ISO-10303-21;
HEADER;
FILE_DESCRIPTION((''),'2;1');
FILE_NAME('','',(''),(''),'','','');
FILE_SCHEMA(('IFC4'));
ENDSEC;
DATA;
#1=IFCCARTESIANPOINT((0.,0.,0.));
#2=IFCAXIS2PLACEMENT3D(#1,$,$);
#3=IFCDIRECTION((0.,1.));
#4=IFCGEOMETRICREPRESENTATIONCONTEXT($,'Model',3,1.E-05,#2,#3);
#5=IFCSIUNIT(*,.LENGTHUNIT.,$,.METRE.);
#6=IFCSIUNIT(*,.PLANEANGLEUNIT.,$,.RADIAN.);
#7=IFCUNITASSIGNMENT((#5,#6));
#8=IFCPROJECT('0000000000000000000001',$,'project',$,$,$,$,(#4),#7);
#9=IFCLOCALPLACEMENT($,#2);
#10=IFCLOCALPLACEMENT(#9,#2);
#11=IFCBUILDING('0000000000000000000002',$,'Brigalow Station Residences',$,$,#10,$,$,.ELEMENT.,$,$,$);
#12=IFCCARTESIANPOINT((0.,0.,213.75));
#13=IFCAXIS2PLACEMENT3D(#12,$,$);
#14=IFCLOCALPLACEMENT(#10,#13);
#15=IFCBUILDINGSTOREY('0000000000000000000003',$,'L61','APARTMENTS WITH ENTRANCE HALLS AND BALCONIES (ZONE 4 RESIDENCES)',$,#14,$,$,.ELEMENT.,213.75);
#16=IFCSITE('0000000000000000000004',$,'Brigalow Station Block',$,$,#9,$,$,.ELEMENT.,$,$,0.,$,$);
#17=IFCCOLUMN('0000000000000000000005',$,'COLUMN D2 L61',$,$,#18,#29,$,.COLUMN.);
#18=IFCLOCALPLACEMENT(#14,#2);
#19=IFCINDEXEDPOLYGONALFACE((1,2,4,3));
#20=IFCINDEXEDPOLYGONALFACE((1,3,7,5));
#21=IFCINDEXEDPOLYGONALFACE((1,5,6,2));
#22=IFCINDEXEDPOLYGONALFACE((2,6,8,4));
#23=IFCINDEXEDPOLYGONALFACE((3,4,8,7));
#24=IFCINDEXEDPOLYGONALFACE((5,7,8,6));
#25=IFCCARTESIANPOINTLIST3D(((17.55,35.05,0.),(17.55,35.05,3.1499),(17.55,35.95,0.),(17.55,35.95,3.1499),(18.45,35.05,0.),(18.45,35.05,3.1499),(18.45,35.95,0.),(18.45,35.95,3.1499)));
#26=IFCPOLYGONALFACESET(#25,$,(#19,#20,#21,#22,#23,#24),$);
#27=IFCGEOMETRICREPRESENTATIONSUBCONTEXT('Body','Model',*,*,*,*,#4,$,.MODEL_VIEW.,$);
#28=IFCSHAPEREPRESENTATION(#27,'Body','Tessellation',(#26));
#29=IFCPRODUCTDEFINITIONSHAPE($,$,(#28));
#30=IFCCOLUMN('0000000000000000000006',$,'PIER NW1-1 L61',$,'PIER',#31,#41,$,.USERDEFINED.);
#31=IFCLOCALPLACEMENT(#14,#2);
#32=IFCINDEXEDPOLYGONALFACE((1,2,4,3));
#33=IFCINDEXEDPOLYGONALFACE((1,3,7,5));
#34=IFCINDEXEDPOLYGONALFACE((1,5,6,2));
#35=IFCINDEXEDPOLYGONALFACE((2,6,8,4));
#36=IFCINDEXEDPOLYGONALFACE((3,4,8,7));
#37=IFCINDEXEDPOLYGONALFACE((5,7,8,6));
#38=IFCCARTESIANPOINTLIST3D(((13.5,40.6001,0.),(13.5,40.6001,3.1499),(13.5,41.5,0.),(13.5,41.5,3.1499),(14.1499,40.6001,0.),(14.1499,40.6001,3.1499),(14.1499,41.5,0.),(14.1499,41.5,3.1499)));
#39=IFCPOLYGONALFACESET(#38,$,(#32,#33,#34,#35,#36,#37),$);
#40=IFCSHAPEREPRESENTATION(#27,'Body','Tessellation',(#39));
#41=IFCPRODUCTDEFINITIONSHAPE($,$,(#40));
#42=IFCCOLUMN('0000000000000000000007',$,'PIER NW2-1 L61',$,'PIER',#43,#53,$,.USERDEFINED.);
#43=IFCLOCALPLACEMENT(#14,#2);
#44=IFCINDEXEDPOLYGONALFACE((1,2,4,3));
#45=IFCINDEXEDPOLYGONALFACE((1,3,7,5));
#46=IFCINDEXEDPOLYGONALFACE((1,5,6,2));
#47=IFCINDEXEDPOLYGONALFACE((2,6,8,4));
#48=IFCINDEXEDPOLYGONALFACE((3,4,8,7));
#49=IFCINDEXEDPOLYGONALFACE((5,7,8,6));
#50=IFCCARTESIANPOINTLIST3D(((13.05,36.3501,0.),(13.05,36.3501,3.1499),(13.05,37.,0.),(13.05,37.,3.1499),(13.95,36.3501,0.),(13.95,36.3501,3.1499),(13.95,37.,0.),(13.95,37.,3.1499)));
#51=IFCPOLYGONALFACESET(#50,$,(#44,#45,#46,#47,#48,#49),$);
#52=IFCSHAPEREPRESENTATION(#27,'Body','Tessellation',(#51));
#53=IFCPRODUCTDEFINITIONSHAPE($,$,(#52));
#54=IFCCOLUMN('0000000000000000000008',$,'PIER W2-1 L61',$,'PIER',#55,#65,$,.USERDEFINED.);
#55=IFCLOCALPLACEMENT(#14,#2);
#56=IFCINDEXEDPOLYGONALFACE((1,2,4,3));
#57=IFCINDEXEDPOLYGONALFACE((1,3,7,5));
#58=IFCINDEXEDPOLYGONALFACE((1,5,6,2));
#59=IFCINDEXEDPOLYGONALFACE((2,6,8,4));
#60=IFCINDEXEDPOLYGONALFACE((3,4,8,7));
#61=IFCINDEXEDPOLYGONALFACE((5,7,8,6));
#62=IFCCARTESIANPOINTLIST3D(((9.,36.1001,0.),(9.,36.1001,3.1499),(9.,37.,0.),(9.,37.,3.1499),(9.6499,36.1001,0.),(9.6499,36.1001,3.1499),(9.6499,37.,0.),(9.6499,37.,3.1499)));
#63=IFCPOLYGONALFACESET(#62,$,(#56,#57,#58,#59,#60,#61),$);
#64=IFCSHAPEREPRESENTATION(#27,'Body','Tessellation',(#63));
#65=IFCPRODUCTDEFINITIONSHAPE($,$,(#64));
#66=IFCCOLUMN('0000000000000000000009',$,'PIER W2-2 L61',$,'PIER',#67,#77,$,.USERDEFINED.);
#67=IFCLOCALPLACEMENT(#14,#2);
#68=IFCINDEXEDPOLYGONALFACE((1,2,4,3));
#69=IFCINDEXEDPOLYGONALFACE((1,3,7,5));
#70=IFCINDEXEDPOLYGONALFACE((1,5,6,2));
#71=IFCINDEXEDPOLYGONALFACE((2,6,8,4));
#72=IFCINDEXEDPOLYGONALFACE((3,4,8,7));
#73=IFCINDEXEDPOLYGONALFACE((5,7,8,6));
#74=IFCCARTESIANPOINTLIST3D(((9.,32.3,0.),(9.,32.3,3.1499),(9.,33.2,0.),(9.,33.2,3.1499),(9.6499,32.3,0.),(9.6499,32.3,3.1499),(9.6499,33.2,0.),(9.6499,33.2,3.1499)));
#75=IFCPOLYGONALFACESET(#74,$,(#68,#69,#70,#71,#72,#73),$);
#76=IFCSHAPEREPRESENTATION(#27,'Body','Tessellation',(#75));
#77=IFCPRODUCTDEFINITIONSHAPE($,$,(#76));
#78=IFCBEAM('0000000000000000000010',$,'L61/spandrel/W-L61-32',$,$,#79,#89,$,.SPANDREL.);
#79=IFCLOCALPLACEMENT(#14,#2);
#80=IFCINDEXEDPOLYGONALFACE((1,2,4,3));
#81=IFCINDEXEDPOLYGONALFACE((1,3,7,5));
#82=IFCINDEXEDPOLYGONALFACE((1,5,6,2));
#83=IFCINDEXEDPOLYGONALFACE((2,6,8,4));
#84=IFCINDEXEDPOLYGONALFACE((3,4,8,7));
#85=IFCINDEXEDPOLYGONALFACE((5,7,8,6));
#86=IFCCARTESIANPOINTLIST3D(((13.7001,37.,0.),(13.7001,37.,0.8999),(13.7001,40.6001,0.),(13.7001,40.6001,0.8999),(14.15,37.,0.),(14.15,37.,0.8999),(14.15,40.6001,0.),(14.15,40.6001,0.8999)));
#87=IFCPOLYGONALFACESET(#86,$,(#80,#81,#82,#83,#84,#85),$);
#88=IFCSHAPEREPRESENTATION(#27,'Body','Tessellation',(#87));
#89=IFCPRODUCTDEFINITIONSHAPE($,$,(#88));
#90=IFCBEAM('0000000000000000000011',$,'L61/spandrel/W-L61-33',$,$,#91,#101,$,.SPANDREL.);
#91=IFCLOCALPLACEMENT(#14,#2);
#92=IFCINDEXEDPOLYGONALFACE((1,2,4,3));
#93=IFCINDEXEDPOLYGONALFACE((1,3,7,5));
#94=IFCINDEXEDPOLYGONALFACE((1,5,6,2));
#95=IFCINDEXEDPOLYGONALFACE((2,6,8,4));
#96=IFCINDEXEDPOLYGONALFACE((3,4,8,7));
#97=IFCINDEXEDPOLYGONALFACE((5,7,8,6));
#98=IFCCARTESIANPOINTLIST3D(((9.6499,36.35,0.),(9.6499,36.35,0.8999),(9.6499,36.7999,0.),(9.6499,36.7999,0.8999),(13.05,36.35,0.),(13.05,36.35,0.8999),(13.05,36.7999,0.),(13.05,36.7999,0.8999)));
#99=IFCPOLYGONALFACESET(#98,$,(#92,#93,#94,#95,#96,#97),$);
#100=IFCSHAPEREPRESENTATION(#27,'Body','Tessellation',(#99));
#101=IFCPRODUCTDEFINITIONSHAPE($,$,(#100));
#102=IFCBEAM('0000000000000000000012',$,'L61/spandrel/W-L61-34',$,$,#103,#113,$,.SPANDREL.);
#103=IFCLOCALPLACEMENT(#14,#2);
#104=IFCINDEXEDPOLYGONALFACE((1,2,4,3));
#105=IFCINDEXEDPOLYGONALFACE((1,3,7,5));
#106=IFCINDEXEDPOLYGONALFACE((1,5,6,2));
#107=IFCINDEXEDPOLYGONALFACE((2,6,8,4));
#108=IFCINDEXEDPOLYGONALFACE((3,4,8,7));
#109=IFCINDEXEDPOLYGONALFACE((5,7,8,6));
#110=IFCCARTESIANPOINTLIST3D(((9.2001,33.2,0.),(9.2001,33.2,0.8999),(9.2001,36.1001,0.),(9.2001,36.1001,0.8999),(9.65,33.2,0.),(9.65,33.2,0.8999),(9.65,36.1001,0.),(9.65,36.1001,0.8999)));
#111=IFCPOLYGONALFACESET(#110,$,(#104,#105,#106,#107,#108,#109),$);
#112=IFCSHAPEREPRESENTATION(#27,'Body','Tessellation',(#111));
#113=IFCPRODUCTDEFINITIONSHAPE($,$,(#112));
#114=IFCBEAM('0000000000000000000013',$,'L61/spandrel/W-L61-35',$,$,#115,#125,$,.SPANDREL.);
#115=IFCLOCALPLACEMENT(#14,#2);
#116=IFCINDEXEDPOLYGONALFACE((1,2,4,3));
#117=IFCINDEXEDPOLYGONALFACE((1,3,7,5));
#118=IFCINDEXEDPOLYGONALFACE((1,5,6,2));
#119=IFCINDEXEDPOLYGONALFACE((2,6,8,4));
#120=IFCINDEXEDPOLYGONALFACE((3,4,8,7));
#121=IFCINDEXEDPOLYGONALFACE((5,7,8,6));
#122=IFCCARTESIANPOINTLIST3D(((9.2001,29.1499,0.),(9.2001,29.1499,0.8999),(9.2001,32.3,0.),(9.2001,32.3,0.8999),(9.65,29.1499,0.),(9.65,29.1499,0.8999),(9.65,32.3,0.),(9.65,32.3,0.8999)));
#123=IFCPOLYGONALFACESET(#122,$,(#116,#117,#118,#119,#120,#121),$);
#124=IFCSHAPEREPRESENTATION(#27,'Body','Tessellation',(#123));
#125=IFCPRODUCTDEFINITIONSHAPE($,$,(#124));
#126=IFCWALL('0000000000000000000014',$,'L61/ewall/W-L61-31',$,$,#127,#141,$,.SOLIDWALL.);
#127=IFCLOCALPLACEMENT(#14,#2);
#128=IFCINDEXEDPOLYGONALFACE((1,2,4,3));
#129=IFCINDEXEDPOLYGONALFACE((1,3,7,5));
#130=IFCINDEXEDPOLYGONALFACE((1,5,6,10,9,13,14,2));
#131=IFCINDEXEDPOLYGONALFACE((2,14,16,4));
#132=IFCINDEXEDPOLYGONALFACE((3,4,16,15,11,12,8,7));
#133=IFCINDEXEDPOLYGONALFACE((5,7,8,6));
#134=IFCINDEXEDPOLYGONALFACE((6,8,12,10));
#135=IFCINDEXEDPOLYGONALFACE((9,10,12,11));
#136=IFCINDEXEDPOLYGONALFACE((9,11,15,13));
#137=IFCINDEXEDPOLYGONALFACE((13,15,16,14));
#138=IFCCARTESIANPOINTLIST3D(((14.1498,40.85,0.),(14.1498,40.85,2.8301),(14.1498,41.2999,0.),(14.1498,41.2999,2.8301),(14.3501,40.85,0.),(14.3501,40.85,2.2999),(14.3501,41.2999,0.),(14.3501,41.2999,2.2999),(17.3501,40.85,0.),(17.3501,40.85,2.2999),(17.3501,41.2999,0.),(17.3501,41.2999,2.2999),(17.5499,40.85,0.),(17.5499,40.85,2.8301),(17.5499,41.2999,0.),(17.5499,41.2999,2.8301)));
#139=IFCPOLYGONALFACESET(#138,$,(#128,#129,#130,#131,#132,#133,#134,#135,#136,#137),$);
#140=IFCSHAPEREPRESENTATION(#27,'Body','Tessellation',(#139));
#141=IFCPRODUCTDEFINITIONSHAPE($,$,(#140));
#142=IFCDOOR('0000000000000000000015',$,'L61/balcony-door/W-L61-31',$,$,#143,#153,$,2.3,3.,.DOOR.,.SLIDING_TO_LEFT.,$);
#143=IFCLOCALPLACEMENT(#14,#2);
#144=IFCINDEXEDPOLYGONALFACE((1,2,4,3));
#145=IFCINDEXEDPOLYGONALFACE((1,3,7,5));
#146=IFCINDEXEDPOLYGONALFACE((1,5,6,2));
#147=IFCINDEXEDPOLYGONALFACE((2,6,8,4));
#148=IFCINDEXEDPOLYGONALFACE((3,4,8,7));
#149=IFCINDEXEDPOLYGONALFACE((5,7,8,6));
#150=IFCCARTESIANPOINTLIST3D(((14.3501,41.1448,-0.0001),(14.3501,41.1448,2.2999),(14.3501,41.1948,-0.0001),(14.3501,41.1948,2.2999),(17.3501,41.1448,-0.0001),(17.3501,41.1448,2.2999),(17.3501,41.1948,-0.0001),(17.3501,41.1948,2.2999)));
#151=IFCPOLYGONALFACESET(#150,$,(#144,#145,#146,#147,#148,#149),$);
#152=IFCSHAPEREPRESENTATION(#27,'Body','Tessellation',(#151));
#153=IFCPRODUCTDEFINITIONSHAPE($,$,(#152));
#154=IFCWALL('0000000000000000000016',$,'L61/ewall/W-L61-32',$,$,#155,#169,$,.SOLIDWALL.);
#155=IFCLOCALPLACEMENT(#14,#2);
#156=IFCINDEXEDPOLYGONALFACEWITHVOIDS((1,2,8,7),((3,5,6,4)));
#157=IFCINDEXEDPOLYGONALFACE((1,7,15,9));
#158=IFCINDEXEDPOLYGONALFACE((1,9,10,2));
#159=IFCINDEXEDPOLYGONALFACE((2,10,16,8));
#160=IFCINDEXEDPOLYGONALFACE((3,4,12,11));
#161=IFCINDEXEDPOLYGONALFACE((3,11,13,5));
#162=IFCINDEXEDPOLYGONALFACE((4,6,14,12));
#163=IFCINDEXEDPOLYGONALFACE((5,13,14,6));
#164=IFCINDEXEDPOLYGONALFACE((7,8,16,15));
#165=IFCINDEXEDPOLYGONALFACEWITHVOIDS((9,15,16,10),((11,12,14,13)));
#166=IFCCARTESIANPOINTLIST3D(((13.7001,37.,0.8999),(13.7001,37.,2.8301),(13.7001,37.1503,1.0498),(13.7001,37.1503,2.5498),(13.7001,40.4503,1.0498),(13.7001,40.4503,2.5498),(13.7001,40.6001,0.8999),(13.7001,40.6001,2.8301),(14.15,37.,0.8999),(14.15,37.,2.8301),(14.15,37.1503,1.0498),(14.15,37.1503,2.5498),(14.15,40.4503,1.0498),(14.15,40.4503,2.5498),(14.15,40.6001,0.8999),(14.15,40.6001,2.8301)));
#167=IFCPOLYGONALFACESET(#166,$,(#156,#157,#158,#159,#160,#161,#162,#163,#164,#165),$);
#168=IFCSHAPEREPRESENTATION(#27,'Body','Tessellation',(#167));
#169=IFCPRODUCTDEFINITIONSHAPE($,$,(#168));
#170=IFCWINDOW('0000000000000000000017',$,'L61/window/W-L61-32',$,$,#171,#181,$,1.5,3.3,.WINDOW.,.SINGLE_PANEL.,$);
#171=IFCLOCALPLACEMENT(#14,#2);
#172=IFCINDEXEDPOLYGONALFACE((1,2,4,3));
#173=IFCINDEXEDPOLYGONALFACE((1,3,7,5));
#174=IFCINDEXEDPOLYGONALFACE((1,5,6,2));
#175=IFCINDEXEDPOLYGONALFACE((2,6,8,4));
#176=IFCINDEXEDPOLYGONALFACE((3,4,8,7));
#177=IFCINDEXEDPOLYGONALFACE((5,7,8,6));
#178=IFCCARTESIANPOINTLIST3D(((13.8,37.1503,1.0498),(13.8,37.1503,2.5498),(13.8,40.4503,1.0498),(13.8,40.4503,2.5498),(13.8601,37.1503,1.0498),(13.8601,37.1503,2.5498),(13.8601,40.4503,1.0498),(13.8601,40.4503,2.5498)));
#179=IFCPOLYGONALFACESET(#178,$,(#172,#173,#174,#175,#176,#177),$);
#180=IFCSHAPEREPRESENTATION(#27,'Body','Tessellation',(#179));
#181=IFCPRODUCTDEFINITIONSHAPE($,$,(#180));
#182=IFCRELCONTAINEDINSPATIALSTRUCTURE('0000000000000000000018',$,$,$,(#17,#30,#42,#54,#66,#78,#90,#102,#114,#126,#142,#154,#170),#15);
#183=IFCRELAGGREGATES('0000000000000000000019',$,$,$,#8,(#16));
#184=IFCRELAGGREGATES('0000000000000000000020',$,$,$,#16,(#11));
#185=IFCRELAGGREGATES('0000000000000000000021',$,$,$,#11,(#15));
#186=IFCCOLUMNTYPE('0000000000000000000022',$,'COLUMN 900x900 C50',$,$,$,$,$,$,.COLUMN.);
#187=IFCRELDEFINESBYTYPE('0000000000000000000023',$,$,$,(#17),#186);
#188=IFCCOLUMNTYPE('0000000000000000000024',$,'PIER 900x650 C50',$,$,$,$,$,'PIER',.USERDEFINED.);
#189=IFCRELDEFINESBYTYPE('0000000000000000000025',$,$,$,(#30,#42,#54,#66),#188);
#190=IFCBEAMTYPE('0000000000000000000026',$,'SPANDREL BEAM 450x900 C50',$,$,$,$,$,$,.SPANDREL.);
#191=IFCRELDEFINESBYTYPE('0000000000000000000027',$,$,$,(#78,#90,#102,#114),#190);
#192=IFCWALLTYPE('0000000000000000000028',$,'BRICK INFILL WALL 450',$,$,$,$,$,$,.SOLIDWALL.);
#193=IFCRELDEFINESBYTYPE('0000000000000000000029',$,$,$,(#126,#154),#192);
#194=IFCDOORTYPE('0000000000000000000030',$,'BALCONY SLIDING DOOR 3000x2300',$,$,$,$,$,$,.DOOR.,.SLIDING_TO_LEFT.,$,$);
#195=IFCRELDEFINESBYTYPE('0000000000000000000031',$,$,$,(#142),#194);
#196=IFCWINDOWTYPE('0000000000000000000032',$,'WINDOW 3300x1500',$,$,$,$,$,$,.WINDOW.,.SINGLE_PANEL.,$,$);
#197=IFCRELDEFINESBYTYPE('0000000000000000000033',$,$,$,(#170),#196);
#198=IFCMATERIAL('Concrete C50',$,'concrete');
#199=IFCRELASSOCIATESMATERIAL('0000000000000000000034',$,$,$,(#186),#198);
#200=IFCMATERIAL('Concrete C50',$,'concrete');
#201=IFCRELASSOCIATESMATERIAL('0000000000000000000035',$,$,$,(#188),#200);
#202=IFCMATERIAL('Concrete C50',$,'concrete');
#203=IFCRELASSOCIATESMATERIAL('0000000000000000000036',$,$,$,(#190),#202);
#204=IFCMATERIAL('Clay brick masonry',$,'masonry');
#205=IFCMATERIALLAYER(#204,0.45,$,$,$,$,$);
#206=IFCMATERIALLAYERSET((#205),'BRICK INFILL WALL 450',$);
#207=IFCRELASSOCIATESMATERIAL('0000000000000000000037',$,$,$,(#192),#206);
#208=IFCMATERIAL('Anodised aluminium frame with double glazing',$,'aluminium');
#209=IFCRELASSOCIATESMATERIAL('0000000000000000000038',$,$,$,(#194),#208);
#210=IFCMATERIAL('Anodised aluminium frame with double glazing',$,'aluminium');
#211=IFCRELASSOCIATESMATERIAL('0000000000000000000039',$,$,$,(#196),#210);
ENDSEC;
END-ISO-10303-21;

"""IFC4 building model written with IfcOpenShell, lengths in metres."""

from ifc_helpers import new_model, si_unit, direction, frame, frame_2d, origin, origin_2d, place, context, subcontext, project, spatial, rectangle, extrude, material, layer, layer_set, material_profile, profile_set, type_object, element, fill, save


model = new_model("IFC4")

# Units and contexts
model_context = context("Model", 3, precision=1e-05, world=origin(), true_north=direction((0.0, 1.0)))
body_context = subcontext(model_context, "Body", "Model", "MODEL_VIEW")
ifc_project = project(units=[si_unit("LENGTHUNIT", "METRE"), si_unit("PLANEANGLEUNIT", "RADIAN")], contexts=[model_context])

# Site, building, storey
site_placement = place(None, origin())
site = spatial("IfcSite", under=ifc_project, at=site_placement, Name="Brigalow Station Block", CompositionType="ELEMENT", RefElevation=0.0)
building_placement = place(site_placement, origin())
building = spatial("IfcBuilding", under=site, at=building_placement, Name="Brigalow Station Residences", CompositionType="ELEMENT")
storey_placement = place(building_placement, frame((0.0, 0.0, 213.75)))
storey = spatial("IfcBuildingStorey", under=building, at=storey_placement, Name="L61", Description="APARTMENTS WITH ENTRANCE HALLS AND BALCONIES (ZONE 4 RESIDENCES)", CompositionType="ELEMENT", Elevation=213.75)

# Columns
ifc_material_1 = material(Name="Concrete C50", Category="concrete")
ifc_material_profile_1 = material_profile(ifc_material_1, rectangle(XDim=0.8999, YDim=0.8999, at=origin_2d()), Name="RC900x900")
ifc_profile_set_1 = profile_set([ifc_material_profile_1], Name="Concrete C50")
column_type_1 = type_object("IfcColumnType", Name="COLUMN 900x900 C50", PredefinedType="COLUMN", material=ifc_profile_set_1)
column_placement = place(storey_placement, frame((18.0, 35.5, 0.0), z_axis=(0.0, 0.0, 1.0), x_axis=(1.0, 0.0, 0.0)))
element("IfcColumn", 1, at=column_placement, inside=storey, type_object=column_type_1, Name="COLUMN D2 L61", PredefinedType="COLUMN", context=body_context, shape_type="SweptSolid", body=[
    extrude(rectangle(XDim=0.8999, YDim=0.8999, at=origin_2d()), origin(), (0.0, 0.0, 1.0), 3.1499),
])
ifc_material_2 = material(Name="Concrete C50", Category="concrete")
ifc_material_profile_2 = material_profile(ifc_material_2, rectangle(XDim=0.8999, YDim=0.6499, at=origin_2d()), Name="RC900x650")
ifc_profile_set_2 = profile_set([ifc_material_profile_2], Name="Concrete C50")
column_type_2 = type_object("IfcColumnType", Name="PIER 900x650 C50", ElementType="PIER", PredefinedType="USERDEFINED", material=ifc_profile_set_2)
for number, where, z_axis, x_axis, name in (
    (2, (13.825, 41.05, 0.0), (0.0, 0.0, 1.0), (0.0, -1.0, 0.0), "PIER NW1-1 L61"),
    (3, (13.5, 36.675, 0.0), (0.0, 0.0, 1.0), (-1.0, 0.0, 0.0), "PIER NW2-1 L61"),
    (4, (9.325, 36.55, 0.0), (0.0, 0.0, 1.0), (0.0, -1.0, 0.0), "PIER W2-1 L61"),
    (5, (9.325, 32.75, 0.0), (0.0, 0.0, 1.0), (0.0, -1.0, 0.0), "PIER W2-2 L61"),
):
    element("IfcColumn", number, at=place(storey_placement, frame(where, z_axis=z_axis, x_axis=x_axis)), inside=storey, type_object=column_type_2, Name=name, ObjectType="PIER", PredefinedType="USERDEFINED", context=body_context, shape_type="SweptSolid", body=[
        extrude(rectangle(XDim=0.8999, YDim=0.6499, at=origin_2d()), origin(), (0.0, 0.0, 1.0), 3.1499),
    ])

# Beams
ifc_material_3 = material(Name="Concrete C50", Category="concrete")
ifc_material_profile_3 = material_profile(ifc_material_3, rectangle(XDim=0.45, YDim=0.8999, at=origin_2d()), Name="RC450x900")
ifc_profile_set_3 = profile_set([ifc_material_profile_3], Name="Concrete C50")
beam_type = type_object("IfcBeamType", Name="SPANDREL BEAM 450x900 C50", PredefinedType="SPANDREL", material=ifc_profile_set_3)
beam_1_placement = place(storey_placement, frame((13.925, 40.6001, 0.45), z_axis=(0.0, -1.0, 0.0), x_axis=(1.0, 0.0, 0.0)))
element("IfcBeam", 6, at=beam_1_placement, inside=storey, type_object=beam_type, Name="L61/spandrel/W-L61-32", PredefinedType="SPANDREL", context=body_context, shape_type="SweptSolid", body=[
    extrude(rectangle(XDim=0.45, YDim=0.8999, at=origin_2d()), origin(), (0.0, 0.0, 1.0), 3.6001),
])
beam_2_placement = place(storey_placement, frame((13.05, 36.575, 0.45), z_axis=(-1.0, 0.0, 0.0), x_axis=(0.0, -1.0, 0.0)))
element("IfcBeam", 7, at=beam_2_placement, inside=storey, type_object=beam_type, Name="L61/spandrel/W-L61-33", PredefinedType="SPANDREL", context=body_context, shape_type="SweptSolid", body=[
    extrude(rectangle(XDim=0.45, YDim=0.8999, at=origin_2d()), origin(), (0.0, 0.0, 1.0), 3.4001),
])
beam_3_placement = place(storey_placement, frame((9.425, 36.1001, 0.45), z_axis=(0.0, -1.0, 0.0), x_axis=(1.0, 0.0, 0.0)))
element("IfcBeam", 8, at=beam_3_placement, inside=storey, type_object=beam_type, Name="L61/spandrel/W-L61-34", PredefinedType="SPANDREL", context=body_context, shape_type="SweptSolid", body=[
    extrude(rectangle(XDim=0.45, YDim=0.8999, at=origin_2d()), origin(), (0.0, 0.0, 1.0), 2.9001),
])
beam_4_placement = place(storey_placement, frame((9.425, 32.3, 0.45), z_axis=(0.0, -1.0, 0.0), x_axis=(1.0, 0.0, 0.0)))
element("IfcBeam", 9, at=beam_4_placement, inside=storey, type_object=beam_type, Name="L61/spandrel/W-L61-35", PredefinedType="SPANDREL", context=body_context, shape_type="SweptSolid", body=[
    extrude(rectangle(XDim=0.45, YDim=0.8999, at=origin_2d()), origin(), (0.0, 0.0, 1.0), 3.1501),
])

# Wall, opening, door
ifc_material_4 = material(Name="Clay brick masonry", Category="masonry")
ifc_layer_1 = layer(ifc_material_4, 0.45)
ifc_layer_set_1 = layer_set([ifc_layer_1], Name="BRICK INFILL WALL 450")
wall_type_1 = type_object("IfcWallType", Name="BRICK INFILL WALL 450", PredefinedType="SOLIDWALL", material=ifc_layer_set_1)
wall_1_placement = place(storey_placement, frame((17.55, 41.075, 0.0), z_axis=(0.0, 0.0, 1.0), x_axis=(-1.0, 0.0, 0.0)))
wall_1 = element("IfcWall", 10, at=wall_1_placement, inside=storey, type_object=wall_type_1, Name="L61/ewall/W-L61-31", PredefinedType="SOLIDWALL", context=body_context, shape_type="SweptSolid", body=[
    extrude(rectangle(XDim=3.4001, YDim=0.45, at=frame_2d((1.7002, 0.0))), origin(), (0.0, 0.0, 1.0), 2.8301),
])
opening_1_placement = place(wall_1_placement, frame((0.2, 0.0, 0.0)))
opening_1 = element("IfcOpeningElement", 11, at=opening_1_placement, cuts=wall_1, PredefinedType="OPENING", context=body_context, shape_type="SweptSolid", body=[
    extrude(rectangle(XDim=3.0, YDim=2.3, at=frame_2d((1.5, 1.1499))), frame((0.0, 0.2349, 0.0), z_axis=(0.0, -1.0, 0.0), x_axis=(1.0, 0.0, 0.0)), (0.0, 0.0, 1.0), 0.47),
])
ifc_material_5 = material(Name="Anodised aluminium frame with double glazing", Category="aluminium")
door_type_1 = type_object("IfcDoorType", Name="BALCONY SLIDING DOOR 3000x2300", OperationType="SLIDING_TO_LEFT", PredefinedType="DOOR", material=ifc_material_5)
door_1_placement = place(opening_1_placement, origin())
door_1 = element("IfcDoor", 12, at=door_1_placement, inside=storey, type_object=door_type_1, Name="L61/balcony-door/W-L61-31", OperationType="SLIDING_TO_LEFT", OverallHeight=2.3, OverallWidth=3.0, PredefinedType="DOOR", context=body_context, shape_type="SweptSolid", body=[
    extrude(rectangle(XDim=3.0, YDim=2.3, at=frame_2d((1.5, 1.1499))), frame((0.0, -0.0698, 0.0), z_axis=(0.0, -1.0, 0.0), x_axis=(1.0, 0.0, 0.0)), (0.0, 0.0, 1.0), 0.05),
])
fill(opening_1, door_1)

# Wall, opening, window
wall_2_placement = place(storey_placement, frame((13.925, 40.6001, 0.8999), z_axis=(0.0, 0.0, 1.0), x_axis=(0.0, -1.0, 0.0)))
wall_2 = element("IfcWall", 13, at=wall_2_placement, inside=storey, type_object=wall_type_1, Name="L61/ewall/W-L61-32", PredefinedType="SOLIDWALL", context=body_context, shape_type="SweptSolid", body=[
    extrude(rectangle(XDim=3.6001, YDim=0.45, at=frame_2d((1.8, 0.0))), origin(), (0.0, 0.0, 1.0), 1.9302),
])
opening_2_placement = place(wall_2_placement, frame((0.1499, 0.0, 0.1499)))
opening_2 = element("IfcOpeningElement", 14, at=opening_2_placement, cuts=wall_2, PredefinedType="OPENING", context=body_context, shape_type="SweptSolid", body=[
    extrude(rectangle(XDim=3.3, YDim=1.5, at=frame_2d((1.6499, 0.75))), frame((0.0, 0.2349, 0.0), z_axis=(0.0, -1.0, 0.0), x_axis=(1.0, 0.0, 0.0)), (0.0, 0.0, 1.0), 0.47),
])
ifc_material_6 = material(Name="Anodised aluminium frame with double glazing", Category="aluminium")
window_type_1 = type_object("IfcWindowType", Name="WINDOW 3300x1500", PartitioningType="SINGLE_PANEL", PredefinedType="WINDOW", material=ifc_material_6)
window_1_placement = place(opening_2_placement, origin())
window_1 = element("IfcWindow", 15, at=window_1_placement, inside=storey, type_object=window_type_1, Name="L61/window/W-L61-32", OverallHeight=1.5, OverallWidth=3.3, PartitioningType="SINGLE_PANEL", PredefinedType="WINDOW", context=body_context, shape_type="SweptSolid", body=[
    extrude(rectangle(XDim=3.3, YDim=1.5, at=frame_2d((1.6499, 0.75))), frame((0.0, -0.0649, 0.0), z_axis=(0.0, -1.0, 0.0), x_axis=(1.0, 0.0, 0.0)), (0.0, 0.0, 1.0), 0.0601),
])
fill(opening_2, window_1)

save(model, "model.ifc")
